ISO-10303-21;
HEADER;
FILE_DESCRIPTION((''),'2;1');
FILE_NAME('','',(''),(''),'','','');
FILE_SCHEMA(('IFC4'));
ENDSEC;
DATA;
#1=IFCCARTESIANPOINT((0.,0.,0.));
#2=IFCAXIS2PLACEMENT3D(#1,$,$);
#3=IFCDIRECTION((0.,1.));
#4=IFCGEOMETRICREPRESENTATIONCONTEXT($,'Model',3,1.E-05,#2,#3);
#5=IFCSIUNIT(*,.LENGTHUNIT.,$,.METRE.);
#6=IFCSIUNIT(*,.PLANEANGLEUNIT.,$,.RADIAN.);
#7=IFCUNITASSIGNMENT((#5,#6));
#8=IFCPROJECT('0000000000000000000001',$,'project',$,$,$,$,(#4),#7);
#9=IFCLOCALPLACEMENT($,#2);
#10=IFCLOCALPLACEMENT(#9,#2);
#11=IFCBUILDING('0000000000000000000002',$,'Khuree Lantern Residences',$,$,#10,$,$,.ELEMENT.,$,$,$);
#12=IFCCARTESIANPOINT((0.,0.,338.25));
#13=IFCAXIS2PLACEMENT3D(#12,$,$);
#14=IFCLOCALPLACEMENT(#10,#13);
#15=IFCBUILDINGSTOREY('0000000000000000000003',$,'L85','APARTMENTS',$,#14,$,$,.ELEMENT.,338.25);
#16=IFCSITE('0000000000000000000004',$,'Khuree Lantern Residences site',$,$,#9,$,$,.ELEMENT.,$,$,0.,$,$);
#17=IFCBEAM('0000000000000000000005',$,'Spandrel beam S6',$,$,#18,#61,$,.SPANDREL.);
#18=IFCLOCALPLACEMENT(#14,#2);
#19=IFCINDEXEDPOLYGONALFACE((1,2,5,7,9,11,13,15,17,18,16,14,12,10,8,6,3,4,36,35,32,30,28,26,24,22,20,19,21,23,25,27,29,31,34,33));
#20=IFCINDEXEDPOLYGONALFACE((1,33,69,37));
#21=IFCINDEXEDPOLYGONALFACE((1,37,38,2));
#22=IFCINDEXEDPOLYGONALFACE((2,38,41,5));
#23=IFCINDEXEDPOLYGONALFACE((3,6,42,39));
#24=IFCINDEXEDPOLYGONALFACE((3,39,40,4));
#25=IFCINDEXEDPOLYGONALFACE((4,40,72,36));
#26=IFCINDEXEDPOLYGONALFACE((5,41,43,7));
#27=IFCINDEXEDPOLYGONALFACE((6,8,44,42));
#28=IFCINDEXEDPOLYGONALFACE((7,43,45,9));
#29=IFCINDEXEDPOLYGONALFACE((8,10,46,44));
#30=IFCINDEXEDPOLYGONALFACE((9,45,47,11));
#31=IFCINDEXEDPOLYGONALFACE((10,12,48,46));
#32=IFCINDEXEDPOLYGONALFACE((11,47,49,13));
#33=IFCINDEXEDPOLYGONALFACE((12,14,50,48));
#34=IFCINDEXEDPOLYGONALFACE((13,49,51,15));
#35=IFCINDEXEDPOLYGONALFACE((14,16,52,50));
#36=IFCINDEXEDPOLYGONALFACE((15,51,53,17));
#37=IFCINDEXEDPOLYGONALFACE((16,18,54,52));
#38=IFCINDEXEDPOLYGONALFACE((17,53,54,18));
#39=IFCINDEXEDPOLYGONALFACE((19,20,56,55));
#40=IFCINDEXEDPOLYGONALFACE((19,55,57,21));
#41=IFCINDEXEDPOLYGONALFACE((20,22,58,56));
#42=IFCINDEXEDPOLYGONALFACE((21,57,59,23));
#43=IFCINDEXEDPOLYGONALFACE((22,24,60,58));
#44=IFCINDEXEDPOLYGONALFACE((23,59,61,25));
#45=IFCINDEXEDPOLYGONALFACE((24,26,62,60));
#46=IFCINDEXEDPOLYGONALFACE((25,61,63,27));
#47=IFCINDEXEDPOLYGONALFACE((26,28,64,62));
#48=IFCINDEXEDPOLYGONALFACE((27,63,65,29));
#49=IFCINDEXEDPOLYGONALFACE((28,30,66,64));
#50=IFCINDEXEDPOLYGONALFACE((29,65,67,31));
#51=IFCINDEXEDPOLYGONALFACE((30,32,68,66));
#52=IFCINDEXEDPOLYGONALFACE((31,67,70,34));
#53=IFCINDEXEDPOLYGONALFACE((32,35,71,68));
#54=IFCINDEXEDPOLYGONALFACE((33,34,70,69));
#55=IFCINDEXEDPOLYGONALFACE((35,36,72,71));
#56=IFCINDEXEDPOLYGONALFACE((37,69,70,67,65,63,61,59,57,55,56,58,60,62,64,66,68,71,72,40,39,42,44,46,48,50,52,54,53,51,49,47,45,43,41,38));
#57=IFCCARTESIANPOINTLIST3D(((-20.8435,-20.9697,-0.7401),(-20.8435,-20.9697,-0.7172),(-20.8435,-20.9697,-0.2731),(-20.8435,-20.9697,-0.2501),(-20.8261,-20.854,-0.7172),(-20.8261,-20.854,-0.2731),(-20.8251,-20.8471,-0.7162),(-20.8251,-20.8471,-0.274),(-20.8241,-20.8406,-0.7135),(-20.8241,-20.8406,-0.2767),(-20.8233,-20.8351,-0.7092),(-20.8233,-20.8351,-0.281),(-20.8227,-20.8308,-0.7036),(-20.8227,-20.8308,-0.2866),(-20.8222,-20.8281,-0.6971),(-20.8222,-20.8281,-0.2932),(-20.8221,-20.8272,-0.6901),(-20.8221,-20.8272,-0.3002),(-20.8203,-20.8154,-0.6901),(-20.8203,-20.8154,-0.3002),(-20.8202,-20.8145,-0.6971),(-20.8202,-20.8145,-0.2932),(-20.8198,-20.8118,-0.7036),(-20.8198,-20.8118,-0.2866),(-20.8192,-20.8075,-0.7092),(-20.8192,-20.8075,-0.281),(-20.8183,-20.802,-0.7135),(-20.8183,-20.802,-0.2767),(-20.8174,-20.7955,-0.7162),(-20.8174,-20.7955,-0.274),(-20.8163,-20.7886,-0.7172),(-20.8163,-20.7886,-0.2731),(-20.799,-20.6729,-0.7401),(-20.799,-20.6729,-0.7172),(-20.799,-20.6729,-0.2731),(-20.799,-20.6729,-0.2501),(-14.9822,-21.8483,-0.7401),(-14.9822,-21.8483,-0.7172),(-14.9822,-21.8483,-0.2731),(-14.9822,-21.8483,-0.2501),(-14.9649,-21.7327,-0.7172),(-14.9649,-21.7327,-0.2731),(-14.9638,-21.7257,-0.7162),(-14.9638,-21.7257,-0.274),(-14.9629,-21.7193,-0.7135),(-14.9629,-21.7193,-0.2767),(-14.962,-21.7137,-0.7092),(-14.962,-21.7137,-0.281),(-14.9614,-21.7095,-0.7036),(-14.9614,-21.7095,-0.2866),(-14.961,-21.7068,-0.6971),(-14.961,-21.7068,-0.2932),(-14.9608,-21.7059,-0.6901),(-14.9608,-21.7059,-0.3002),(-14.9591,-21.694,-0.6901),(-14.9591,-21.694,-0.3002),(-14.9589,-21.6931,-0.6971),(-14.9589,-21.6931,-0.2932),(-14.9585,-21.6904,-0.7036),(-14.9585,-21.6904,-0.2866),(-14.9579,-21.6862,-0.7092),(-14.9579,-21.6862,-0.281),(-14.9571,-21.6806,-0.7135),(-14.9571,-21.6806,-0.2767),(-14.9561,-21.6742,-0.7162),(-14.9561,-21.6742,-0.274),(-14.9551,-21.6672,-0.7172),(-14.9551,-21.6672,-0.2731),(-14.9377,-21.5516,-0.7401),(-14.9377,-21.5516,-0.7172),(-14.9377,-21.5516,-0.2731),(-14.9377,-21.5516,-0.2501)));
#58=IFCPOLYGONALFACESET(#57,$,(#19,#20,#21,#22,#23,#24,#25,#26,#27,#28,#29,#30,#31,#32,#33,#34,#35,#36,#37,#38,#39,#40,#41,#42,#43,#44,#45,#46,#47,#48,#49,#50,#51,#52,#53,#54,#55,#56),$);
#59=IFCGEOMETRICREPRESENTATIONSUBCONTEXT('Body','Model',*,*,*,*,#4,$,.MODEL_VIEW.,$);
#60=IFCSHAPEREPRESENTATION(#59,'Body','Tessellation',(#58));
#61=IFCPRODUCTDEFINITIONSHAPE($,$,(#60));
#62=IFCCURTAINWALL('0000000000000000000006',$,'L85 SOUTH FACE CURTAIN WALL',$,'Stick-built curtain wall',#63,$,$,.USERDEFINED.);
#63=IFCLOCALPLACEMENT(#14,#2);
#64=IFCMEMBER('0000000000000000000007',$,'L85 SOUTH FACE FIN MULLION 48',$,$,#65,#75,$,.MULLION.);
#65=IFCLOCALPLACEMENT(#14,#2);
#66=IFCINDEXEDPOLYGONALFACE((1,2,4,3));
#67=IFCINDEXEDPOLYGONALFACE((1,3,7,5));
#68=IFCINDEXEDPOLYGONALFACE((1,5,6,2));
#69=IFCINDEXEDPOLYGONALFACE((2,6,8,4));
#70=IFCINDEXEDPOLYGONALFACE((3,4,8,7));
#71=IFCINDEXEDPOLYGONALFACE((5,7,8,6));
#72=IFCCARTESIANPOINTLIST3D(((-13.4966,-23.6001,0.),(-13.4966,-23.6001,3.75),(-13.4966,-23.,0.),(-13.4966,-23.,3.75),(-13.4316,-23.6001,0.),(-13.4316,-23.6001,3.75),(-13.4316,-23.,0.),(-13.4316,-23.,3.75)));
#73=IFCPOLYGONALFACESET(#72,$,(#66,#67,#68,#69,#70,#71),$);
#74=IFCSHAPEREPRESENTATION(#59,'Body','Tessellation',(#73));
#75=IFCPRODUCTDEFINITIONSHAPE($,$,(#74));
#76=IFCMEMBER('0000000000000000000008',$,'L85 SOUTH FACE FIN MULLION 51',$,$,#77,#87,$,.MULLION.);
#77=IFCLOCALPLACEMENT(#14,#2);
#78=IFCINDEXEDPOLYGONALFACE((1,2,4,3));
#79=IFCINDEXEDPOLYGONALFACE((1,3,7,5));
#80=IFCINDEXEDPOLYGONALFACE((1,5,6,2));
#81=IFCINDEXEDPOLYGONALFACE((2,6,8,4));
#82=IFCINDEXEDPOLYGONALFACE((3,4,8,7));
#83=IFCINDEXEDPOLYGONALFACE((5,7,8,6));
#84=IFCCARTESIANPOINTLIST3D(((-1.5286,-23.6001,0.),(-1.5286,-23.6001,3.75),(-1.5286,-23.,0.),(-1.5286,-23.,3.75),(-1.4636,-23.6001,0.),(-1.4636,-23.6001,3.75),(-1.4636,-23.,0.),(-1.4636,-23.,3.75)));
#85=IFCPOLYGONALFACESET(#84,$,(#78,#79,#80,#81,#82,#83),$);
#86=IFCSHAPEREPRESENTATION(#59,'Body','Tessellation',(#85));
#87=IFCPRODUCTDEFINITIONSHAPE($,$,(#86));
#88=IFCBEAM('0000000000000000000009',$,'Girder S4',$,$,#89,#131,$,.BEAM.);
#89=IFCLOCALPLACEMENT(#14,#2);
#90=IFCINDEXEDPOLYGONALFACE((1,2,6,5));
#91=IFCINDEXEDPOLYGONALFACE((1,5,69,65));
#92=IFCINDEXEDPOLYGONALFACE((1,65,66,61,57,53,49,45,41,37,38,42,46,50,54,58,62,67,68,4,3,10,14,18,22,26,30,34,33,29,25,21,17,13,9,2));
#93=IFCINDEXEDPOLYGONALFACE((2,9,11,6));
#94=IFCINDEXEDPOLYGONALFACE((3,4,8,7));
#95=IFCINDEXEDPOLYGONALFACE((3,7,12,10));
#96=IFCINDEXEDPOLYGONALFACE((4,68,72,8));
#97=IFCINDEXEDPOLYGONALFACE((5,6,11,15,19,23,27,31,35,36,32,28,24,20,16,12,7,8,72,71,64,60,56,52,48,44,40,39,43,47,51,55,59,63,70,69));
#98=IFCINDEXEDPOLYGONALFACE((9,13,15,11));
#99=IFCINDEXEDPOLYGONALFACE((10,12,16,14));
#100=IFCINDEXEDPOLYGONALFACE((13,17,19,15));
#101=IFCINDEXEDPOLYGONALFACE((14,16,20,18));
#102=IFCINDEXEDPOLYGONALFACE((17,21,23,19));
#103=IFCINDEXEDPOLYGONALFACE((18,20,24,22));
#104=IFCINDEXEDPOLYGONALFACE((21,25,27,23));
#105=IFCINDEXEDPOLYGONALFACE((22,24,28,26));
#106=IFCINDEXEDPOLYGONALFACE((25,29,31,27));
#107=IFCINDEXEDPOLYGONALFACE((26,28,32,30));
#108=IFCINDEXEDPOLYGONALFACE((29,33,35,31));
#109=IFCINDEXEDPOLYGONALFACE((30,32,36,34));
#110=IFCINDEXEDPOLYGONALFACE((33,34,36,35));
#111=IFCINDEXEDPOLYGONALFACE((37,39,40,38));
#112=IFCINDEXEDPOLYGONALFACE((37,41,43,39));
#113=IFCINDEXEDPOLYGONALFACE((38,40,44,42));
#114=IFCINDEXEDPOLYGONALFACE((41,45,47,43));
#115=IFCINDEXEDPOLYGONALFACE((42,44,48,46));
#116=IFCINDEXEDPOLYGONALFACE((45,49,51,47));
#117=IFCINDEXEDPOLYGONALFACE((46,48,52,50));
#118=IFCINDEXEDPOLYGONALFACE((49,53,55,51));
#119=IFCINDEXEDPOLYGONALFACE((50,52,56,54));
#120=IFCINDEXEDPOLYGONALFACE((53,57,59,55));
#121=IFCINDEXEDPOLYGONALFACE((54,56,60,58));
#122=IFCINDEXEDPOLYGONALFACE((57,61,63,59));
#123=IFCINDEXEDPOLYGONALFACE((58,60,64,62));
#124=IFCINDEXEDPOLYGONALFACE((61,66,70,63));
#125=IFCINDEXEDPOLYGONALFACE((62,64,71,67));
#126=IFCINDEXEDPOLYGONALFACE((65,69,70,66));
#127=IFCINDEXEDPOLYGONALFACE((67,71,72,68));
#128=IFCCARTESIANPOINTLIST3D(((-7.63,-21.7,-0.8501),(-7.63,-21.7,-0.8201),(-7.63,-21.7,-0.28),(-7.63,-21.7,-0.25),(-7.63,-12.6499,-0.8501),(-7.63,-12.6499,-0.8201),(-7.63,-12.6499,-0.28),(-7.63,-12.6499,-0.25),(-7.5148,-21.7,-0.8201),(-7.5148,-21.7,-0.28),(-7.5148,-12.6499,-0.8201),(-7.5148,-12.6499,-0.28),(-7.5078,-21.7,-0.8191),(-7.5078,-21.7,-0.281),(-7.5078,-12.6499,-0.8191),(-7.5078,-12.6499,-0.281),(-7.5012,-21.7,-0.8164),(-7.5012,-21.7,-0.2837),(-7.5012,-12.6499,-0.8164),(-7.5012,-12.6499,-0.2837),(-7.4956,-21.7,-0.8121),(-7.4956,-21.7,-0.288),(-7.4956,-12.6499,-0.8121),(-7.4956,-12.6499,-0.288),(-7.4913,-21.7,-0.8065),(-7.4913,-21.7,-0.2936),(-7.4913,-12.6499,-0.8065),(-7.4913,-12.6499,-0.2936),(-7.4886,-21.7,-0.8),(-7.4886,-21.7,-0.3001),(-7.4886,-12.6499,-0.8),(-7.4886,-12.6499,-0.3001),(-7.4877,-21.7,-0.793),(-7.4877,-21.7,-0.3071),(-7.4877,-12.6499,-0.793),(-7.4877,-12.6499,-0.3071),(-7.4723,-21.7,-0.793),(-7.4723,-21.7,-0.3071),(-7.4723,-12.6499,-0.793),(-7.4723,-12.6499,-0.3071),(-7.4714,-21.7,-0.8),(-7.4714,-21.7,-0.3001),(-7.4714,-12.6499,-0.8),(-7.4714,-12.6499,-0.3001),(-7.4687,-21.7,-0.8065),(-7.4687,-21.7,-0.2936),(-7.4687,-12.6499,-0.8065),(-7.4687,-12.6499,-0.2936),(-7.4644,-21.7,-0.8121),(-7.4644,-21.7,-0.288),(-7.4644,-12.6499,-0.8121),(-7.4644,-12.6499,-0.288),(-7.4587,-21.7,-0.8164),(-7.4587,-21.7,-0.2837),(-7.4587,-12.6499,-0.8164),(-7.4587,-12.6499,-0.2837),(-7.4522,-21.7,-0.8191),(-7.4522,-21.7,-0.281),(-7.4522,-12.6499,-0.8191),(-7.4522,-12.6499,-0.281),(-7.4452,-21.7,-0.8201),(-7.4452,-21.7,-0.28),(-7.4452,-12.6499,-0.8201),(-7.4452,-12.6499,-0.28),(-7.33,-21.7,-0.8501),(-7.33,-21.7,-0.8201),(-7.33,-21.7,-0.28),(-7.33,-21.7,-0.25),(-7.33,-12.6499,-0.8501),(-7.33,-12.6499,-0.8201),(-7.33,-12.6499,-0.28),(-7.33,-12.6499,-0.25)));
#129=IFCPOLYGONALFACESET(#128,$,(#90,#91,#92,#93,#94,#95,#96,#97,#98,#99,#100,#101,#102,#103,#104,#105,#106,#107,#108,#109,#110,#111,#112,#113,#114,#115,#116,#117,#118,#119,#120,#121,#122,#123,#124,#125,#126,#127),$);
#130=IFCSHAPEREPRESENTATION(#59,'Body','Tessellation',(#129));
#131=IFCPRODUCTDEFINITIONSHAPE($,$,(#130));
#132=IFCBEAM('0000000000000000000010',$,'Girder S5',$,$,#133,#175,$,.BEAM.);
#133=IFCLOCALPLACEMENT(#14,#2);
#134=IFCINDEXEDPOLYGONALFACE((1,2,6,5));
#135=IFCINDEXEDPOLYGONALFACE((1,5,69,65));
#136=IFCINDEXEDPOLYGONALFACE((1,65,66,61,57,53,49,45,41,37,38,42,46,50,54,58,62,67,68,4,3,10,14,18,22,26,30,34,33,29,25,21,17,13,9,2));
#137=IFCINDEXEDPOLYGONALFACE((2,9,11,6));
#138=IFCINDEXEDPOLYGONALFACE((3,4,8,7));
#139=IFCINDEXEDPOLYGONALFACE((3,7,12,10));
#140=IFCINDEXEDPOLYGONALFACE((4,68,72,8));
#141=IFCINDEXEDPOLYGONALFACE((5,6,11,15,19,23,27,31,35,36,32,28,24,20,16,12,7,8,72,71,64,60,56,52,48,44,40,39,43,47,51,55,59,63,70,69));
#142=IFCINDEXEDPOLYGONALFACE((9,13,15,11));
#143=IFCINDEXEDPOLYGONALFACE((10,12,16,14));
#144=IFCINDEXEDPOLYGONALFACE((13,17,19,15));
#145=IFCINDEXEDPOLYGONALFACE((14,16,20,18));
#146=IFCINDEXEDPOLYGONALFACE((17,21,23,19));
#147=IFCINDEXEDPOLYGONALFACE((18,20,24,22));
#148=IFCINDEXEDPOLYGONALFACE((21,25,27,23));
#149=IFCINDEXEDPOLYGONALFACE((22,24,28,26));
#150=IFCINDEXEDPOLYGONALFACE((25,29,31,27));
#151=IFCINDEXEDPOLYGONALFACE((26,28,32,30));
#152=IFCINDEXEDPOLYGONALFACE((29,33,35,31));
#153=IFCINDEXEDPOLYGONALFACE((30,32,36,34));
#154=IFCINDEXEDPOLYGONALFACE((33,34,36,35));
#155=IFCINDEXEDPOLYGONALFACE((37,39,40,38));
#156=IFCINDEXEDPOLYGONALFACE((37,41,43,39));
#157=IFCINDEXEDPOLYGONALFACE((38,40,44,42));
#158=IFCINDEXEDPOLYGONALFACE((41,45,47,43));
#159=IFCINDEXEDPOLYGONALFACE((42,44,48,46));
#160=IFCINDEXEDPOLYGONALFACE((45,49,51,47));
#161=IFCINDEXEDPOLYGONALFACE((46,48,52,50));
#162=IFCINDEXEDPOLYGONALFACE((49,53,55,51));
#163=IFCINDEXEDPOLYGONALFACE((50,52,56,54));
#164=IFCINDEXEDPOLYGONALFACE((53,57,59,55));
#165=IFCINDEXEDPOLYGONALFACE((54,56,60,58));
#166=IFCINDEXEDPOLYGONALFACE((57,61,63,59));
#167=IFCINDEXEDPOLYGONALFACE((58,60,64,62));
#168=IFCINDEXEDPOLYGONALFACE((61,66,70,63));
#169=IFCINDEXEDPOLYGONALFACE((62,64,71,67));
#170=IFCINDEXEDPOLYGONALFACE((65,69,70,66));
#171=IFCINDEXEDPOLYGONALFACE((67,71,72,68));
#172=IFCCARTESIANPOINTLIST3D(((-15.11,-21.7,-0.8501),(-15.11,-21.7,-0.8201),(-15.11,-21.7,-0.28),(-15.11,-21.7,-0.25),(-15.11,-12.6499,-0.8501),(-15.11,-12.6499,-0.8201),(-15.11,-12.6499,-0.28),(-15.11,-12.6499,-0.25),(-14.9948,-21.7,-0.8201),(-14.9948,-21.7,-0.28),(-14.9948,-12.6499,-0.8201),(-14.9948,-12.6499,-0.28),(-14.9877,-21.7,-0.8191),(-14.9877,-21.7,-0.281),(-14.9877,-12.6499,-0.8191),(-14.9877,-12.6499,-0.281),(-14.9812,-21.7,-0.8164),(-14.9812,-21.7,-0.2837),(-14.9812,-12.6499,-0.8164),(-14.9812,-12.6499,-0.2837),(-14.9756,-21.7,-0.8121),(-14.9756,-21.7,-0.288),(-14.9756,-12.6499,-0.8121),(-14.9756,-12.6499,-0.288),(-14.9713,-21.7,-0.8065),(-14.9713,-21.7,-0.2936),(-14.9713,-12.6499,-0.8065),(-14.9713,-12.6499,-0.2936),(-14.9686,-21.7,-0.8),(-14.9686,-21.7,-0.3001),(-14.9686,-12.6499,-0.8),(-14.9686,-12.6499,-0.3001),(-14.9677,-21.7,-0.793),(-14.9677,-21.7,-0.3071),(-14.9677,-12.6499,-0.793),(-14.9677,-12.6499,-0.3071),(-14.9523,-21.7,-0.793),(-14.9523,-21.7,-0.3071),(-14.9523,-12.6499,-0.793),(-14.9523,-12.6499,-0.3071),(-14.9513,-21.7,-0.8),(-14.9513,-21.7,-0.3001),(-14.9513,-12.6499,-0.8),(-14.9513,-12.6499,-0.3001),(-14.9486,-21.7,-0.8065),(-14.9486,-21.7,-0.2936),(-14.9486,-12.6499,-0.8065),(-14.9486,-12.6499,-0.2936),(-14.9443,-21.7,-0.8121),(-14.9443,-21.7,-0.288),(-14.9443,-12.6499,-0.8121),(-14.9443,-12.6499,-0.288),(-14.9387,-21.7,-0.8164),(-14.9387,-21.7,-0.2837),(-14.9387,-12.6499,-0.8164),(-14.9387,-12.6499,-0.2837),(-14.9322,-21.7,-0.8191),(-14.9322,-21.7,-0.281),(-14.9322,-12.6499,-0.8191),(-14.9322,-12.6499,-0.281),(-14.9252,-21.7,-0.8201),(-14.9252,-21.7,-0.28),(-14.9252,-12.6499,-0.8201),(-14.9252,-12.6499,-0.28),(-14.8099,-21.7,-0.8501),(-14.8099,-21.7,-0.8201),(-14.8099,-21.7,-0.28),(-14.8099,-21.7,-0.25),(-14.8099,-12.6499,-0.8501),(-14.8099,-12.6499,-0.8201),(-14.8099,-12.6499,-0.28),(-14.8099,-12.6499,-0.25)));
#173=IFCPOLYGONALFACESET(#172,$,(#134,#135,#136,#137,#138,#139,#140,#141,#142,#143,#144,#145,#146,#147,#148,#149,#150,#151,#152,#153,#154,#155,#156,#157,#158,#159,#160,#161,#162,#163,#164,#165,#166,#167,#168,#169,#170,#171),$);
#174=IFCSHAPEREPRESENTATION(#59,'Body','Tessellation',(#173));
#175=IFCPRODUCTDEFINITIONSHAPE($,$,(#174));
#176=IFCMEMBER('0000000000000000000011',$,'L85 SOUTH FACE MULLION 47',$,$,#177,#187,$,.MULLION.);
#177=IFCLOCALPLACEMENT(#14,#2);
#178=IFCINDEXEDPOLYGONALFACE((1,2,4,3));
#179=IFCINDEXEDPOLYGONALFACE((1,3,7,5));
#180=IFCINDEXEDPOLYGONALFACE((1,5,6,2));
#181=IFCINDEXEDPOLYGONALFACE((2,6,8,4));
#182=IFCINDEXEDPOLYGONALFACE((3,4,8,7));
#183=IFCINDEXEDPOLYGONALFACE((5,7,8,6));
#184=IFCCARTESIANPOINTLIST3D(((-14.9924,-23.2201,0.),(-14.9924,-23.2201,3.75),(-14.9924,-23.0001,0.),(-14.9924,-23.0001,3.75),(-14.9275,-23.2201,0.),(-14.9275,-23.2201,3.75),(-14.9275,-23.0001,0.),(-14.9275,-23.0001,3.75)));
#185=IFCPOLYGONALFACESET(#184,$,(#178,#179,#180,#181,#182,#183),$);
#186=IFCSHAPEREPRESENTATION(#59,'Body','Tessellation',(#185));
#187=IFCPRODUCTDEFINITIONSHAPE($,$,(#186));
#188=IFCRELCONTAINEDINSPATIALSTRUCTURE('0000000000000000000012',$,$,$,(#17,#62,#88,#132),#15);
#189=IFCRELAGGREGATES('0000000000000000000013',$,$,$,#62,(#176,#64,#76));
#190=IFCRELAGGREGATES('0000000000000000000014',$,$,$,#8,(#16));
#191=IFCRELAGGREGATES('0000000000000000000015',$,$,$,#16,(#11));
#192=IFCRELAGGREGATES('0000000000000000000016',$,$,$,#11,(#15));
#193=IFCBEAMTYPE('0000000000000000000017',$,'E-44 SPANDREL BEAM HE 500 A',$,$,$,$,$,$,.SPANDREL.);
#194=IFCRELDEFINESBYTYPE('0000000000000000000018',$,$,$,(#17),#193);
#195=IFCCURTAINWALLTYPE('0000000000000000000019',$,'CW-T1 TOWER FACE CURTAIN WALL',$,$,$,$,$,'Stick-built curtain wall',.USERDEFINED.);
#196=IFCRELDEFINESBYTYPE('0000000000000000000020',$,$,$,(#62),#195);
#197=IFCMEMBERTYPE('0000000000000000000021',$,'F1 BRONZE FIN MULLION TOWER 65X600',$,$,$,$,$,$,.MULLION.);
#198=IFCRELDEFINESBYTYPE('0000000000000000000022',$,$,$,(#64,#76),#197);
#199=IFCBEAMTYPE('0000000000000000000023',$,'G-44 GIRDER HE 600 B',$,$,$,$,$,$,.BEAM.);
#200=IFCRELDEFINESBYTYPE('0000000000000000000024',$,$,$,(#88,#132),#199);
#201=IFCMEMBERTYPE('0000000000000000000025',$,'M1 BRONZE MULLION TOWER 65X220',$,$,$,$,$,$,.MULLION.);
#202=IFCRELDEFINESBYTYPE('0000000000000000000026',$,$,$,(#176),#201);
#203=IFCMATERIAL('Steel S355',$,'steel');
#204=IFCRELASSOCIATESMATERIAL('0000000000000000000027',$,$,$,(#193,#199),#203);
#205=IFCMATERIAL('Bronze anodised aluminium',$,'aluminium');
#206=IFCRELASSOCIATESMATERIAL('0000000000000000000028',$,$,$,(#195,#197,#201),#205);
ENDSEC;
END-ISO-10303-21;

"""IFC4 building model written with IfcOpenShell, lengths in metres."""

from ifc_helpers import new_model, si_unit, direction, frame, origin, origin_2d, place, context, subcontext, project, spatial, rectangle, i_section, extrude, material, material_profile, profile_set, type_object, element, aggregate, save


model = new_model("IFC4")

# Units and contexts
model_context = context("Model", 3, precision=1e-05, world=origin(), true_north=direction((0.0, 1.0)))
body_context = subcontext(model_context, "Body", "Model", "MODEL_VIEW")
ifc_project = project(units=[si_unit("LENGTHUNIT", "METRE"), si_unit("PLANEANGLEUNIT", "RADIAN")], contexts=[model_context])

# Site, building, storey
site_placement = place(None, origin())
site = spatial("IfcSite", under=ifc_project, at=site_placement, Name="Khuree Lantern Residences site", CompositionType="ELEMENT", RefElevation=0.0)
building_placement = place(site_placement, origin())
building = spatial("IfcBuilding", under=site, at=building_placement, Name="Khuree Lantern Residences", CompositionType="ELEMENT")
storey_placement = place(building_placement, frame((0.0, 0.0, 338.25)))
storey = spatial("IfcBuildingStorey", under=building, at=storey_placement, Name="L85", Description="APARTMENTS", CompositionType="ELEMENT", Elevation=338.25)

# Beam
ifc_material_1 = material(Name="Steel S355", Category="steel")
ifc_material_profile_1 = material_profile(ifc_material_1, i_section(OverallWidth=0.3, OverallDepth=0.49, WebThickness=0.012, FlangeThickness=0.0229, FilletRadius=0.0271, at=origin_2d()), Name="HE 500 A")
ifc_profile_set_1 = profile_set([ifc_material_profile_1], Name="Steel S355")
beam_type_1 = type_object("IfcBeamType", Name="E-44 SPANDREL BEAM HE 500 A", PredefinedType="SPANDREL", material=ifc_profile_set_1)
beam_1_placement = place(storey_placement, frame((-14.96, -21.7, -0.4951), z_axis=(-0.98895, 0.148252, 0.0), x_axis=(-0.148252, -0.98895, 0.0)))
element("IfcBeam", 1, at=beam_1_placement, inside=storey, type_object=beam_type_1, Name="Spandrel beam S6", PredefinedType="SPANDREL", context=body_context, shape_type="SweptSolid", body=[
    extrude(i_section(OverallWidth=0.3, OverallDepth=0.49, WebThickness=0.012, FlangeThickness=0.0229, FilletRadius=0.0271, at=origin_2d()), origin(), (0.0, 0.0, 1.0), 5.9268),
])

# Curtain wall, members
ifc_material_2 = material(Name="Bronze anodised aluminium", Category="aluminium")
curtain_wall_type = type_object("IfcCurtainWallType", Name="CW-T1 TOWER FACE CURTAIN WALL", ElementType="Stick-built curtain wall", PredefinedType="USERDEFINED", material=ifc_material_2)
curtain_wall_placement = place(storey_placement, origin())
curtain_wall = element("IfcCurtainWall", 2, at=curtain_wall_placement, inside=storey, type_object=curtain_wall_type, Name="L85 SOUTH FACE CURTAIN WALL", ObjectType="Stick-built curtain wall", PredefinedType="USERDEFINED")
ifc_material_profile_2 = material_profile(ifc_material_2, rectangle(XDim=0.0649, YDim=0.6001, at=origin_2d()), Name="F1 65X600")
ifc_profile_set_2 = profile_set([ifc_material_profile_2], Name="Bronze anodised aluminium")
member_type_1 = type_object("IfcMemberType", Name="F1 BRONZE FIN MULLION TOWER 65X600", PredefinedType="MULLION", material=ifc_profile_set_2)
member_1_placement = place(storey_placement, frame((-13.4641, -23.3, 0.0), z_axis=(0.0, 0.0, 1.0), x_axis=(1.0, 0.0, 0.0)))
member_1 = element("IfcMember", 3, at=member_1_placement, type_object=member_type_1, Name="L85 SOUTH FACE FIN MULLION 48", PredefinedType="MULLION", context=body_context, shape_type="SweptSolid", body=[
    extrude(rectangle(XDim=0.0649, YDim=0.6001, at=origin_2d()), origin(), (0.0, 0.0, 1.0), 3.75),
])
member_2_placement = place(storey_placement, frame((-1.4961, -23.3, 0.0), z_axis=(0.0, 0.0, 1.0), x_axis=(1.0, 0.0, 0.0)))
member_2 = element("IfcMember", 4, at=member_2_placement, type_object=member_type_1, Name="L85 SOUTH FACE FIN MULLION 51", PredefinedType="MULLION", context=body_context, shape_type="SweptSolid", body=[
    extrude(rectangle(XDim=0.0649, YDim=0.6001, at=origin_2d()), origin(), (0.0, 0.0, 1.0), 3.75),
])

# Beams
ifc_material_profile_3 = material_profile(ifc_material_1, i_section(OverallWidth=0.3, OverallDepth=0.6001, WebThickness=0.0154, FlangeThickness=0.03, FilletRadius=0.0271, at=origin_2d()), Name="HE 600 B")
ifc_profile_set_3 = profile_set([ifc_material_profile_3], Name="Steel S355")
beam_type_2 = type_object("IfcBeamType", Name="G-44 GIRDER HE 600 B", PredefinedType="BEAM", material=ifc_profile_set_3)
for number, where, z_axis, x_axis, name in (
    (5, (-7.48, -21.7, -0.55), (0.0, 1.0, 0.0), (-1.0, 0.0, 0.0), "Girder S4"),
    (6, (-14.96, -21.7, -0.55), (0.0, 1.0, 0.0), (-1.0, 0.0, 0.0), "Girder S5"),
):
    element("IfcBeam", number, at=place(storey_placement, frame(where, z_axis=z_axis, x_axis=x_axis)), inside=storey, type_object=beam_type_2, Name=name, PredefinedType="BEAM", context=body_context, shape_type="SweptSolid", body=[
        extrude(i_section(OverallWidth=0.3, OverallDepth=0.6001, WebThickness=0.0154, FlangeThickness=0.03, FilletRadius=0.0271, at=origin_2d()), origin(), (0.0, 0.0, 1.0), 9.05),
    ])

# Member
ifc_material_profile_4 = material_profile(ifc_material_2, rectangle(XDim=0.0649, YDim=0.22, at=origin_2d()), Name="M1 65X220")
ifc_profile_set_4 = profile_set([ifc_material_profile_4], Name="Bronze anodised aluminium")
member_type_2 = type_object("IfcMemberType", Name="M1 BRONZE MULLION TOWER 65X220", PredefinedType="MULLION", material=ifc_profile_set_4)
member_3_placement = place(storey_placement, frame((-14.96, -23.1101, 0.0), z_axis=(0.0, 0.0, 1.0), x_axis=(1.0, 0.0, 0.0)))
member_3 = element("IfcMember", 7, at=member_3_placement, type_object=member_type_2, Name="L85 SOUTH FACE MULLION 47", PredefinedType="MULLION", context=body_context, shape_type="SweptSolid", body=[
    extrude(rectangle(XDim=0.0649, YDim=0.22, at=origin_2d()), origin(), (0.0, 0.0, 1.0), 3.75),
])

aggregate(curtain_wall, [member_3, member_1, member_2])

save(model, "model.ifc")
